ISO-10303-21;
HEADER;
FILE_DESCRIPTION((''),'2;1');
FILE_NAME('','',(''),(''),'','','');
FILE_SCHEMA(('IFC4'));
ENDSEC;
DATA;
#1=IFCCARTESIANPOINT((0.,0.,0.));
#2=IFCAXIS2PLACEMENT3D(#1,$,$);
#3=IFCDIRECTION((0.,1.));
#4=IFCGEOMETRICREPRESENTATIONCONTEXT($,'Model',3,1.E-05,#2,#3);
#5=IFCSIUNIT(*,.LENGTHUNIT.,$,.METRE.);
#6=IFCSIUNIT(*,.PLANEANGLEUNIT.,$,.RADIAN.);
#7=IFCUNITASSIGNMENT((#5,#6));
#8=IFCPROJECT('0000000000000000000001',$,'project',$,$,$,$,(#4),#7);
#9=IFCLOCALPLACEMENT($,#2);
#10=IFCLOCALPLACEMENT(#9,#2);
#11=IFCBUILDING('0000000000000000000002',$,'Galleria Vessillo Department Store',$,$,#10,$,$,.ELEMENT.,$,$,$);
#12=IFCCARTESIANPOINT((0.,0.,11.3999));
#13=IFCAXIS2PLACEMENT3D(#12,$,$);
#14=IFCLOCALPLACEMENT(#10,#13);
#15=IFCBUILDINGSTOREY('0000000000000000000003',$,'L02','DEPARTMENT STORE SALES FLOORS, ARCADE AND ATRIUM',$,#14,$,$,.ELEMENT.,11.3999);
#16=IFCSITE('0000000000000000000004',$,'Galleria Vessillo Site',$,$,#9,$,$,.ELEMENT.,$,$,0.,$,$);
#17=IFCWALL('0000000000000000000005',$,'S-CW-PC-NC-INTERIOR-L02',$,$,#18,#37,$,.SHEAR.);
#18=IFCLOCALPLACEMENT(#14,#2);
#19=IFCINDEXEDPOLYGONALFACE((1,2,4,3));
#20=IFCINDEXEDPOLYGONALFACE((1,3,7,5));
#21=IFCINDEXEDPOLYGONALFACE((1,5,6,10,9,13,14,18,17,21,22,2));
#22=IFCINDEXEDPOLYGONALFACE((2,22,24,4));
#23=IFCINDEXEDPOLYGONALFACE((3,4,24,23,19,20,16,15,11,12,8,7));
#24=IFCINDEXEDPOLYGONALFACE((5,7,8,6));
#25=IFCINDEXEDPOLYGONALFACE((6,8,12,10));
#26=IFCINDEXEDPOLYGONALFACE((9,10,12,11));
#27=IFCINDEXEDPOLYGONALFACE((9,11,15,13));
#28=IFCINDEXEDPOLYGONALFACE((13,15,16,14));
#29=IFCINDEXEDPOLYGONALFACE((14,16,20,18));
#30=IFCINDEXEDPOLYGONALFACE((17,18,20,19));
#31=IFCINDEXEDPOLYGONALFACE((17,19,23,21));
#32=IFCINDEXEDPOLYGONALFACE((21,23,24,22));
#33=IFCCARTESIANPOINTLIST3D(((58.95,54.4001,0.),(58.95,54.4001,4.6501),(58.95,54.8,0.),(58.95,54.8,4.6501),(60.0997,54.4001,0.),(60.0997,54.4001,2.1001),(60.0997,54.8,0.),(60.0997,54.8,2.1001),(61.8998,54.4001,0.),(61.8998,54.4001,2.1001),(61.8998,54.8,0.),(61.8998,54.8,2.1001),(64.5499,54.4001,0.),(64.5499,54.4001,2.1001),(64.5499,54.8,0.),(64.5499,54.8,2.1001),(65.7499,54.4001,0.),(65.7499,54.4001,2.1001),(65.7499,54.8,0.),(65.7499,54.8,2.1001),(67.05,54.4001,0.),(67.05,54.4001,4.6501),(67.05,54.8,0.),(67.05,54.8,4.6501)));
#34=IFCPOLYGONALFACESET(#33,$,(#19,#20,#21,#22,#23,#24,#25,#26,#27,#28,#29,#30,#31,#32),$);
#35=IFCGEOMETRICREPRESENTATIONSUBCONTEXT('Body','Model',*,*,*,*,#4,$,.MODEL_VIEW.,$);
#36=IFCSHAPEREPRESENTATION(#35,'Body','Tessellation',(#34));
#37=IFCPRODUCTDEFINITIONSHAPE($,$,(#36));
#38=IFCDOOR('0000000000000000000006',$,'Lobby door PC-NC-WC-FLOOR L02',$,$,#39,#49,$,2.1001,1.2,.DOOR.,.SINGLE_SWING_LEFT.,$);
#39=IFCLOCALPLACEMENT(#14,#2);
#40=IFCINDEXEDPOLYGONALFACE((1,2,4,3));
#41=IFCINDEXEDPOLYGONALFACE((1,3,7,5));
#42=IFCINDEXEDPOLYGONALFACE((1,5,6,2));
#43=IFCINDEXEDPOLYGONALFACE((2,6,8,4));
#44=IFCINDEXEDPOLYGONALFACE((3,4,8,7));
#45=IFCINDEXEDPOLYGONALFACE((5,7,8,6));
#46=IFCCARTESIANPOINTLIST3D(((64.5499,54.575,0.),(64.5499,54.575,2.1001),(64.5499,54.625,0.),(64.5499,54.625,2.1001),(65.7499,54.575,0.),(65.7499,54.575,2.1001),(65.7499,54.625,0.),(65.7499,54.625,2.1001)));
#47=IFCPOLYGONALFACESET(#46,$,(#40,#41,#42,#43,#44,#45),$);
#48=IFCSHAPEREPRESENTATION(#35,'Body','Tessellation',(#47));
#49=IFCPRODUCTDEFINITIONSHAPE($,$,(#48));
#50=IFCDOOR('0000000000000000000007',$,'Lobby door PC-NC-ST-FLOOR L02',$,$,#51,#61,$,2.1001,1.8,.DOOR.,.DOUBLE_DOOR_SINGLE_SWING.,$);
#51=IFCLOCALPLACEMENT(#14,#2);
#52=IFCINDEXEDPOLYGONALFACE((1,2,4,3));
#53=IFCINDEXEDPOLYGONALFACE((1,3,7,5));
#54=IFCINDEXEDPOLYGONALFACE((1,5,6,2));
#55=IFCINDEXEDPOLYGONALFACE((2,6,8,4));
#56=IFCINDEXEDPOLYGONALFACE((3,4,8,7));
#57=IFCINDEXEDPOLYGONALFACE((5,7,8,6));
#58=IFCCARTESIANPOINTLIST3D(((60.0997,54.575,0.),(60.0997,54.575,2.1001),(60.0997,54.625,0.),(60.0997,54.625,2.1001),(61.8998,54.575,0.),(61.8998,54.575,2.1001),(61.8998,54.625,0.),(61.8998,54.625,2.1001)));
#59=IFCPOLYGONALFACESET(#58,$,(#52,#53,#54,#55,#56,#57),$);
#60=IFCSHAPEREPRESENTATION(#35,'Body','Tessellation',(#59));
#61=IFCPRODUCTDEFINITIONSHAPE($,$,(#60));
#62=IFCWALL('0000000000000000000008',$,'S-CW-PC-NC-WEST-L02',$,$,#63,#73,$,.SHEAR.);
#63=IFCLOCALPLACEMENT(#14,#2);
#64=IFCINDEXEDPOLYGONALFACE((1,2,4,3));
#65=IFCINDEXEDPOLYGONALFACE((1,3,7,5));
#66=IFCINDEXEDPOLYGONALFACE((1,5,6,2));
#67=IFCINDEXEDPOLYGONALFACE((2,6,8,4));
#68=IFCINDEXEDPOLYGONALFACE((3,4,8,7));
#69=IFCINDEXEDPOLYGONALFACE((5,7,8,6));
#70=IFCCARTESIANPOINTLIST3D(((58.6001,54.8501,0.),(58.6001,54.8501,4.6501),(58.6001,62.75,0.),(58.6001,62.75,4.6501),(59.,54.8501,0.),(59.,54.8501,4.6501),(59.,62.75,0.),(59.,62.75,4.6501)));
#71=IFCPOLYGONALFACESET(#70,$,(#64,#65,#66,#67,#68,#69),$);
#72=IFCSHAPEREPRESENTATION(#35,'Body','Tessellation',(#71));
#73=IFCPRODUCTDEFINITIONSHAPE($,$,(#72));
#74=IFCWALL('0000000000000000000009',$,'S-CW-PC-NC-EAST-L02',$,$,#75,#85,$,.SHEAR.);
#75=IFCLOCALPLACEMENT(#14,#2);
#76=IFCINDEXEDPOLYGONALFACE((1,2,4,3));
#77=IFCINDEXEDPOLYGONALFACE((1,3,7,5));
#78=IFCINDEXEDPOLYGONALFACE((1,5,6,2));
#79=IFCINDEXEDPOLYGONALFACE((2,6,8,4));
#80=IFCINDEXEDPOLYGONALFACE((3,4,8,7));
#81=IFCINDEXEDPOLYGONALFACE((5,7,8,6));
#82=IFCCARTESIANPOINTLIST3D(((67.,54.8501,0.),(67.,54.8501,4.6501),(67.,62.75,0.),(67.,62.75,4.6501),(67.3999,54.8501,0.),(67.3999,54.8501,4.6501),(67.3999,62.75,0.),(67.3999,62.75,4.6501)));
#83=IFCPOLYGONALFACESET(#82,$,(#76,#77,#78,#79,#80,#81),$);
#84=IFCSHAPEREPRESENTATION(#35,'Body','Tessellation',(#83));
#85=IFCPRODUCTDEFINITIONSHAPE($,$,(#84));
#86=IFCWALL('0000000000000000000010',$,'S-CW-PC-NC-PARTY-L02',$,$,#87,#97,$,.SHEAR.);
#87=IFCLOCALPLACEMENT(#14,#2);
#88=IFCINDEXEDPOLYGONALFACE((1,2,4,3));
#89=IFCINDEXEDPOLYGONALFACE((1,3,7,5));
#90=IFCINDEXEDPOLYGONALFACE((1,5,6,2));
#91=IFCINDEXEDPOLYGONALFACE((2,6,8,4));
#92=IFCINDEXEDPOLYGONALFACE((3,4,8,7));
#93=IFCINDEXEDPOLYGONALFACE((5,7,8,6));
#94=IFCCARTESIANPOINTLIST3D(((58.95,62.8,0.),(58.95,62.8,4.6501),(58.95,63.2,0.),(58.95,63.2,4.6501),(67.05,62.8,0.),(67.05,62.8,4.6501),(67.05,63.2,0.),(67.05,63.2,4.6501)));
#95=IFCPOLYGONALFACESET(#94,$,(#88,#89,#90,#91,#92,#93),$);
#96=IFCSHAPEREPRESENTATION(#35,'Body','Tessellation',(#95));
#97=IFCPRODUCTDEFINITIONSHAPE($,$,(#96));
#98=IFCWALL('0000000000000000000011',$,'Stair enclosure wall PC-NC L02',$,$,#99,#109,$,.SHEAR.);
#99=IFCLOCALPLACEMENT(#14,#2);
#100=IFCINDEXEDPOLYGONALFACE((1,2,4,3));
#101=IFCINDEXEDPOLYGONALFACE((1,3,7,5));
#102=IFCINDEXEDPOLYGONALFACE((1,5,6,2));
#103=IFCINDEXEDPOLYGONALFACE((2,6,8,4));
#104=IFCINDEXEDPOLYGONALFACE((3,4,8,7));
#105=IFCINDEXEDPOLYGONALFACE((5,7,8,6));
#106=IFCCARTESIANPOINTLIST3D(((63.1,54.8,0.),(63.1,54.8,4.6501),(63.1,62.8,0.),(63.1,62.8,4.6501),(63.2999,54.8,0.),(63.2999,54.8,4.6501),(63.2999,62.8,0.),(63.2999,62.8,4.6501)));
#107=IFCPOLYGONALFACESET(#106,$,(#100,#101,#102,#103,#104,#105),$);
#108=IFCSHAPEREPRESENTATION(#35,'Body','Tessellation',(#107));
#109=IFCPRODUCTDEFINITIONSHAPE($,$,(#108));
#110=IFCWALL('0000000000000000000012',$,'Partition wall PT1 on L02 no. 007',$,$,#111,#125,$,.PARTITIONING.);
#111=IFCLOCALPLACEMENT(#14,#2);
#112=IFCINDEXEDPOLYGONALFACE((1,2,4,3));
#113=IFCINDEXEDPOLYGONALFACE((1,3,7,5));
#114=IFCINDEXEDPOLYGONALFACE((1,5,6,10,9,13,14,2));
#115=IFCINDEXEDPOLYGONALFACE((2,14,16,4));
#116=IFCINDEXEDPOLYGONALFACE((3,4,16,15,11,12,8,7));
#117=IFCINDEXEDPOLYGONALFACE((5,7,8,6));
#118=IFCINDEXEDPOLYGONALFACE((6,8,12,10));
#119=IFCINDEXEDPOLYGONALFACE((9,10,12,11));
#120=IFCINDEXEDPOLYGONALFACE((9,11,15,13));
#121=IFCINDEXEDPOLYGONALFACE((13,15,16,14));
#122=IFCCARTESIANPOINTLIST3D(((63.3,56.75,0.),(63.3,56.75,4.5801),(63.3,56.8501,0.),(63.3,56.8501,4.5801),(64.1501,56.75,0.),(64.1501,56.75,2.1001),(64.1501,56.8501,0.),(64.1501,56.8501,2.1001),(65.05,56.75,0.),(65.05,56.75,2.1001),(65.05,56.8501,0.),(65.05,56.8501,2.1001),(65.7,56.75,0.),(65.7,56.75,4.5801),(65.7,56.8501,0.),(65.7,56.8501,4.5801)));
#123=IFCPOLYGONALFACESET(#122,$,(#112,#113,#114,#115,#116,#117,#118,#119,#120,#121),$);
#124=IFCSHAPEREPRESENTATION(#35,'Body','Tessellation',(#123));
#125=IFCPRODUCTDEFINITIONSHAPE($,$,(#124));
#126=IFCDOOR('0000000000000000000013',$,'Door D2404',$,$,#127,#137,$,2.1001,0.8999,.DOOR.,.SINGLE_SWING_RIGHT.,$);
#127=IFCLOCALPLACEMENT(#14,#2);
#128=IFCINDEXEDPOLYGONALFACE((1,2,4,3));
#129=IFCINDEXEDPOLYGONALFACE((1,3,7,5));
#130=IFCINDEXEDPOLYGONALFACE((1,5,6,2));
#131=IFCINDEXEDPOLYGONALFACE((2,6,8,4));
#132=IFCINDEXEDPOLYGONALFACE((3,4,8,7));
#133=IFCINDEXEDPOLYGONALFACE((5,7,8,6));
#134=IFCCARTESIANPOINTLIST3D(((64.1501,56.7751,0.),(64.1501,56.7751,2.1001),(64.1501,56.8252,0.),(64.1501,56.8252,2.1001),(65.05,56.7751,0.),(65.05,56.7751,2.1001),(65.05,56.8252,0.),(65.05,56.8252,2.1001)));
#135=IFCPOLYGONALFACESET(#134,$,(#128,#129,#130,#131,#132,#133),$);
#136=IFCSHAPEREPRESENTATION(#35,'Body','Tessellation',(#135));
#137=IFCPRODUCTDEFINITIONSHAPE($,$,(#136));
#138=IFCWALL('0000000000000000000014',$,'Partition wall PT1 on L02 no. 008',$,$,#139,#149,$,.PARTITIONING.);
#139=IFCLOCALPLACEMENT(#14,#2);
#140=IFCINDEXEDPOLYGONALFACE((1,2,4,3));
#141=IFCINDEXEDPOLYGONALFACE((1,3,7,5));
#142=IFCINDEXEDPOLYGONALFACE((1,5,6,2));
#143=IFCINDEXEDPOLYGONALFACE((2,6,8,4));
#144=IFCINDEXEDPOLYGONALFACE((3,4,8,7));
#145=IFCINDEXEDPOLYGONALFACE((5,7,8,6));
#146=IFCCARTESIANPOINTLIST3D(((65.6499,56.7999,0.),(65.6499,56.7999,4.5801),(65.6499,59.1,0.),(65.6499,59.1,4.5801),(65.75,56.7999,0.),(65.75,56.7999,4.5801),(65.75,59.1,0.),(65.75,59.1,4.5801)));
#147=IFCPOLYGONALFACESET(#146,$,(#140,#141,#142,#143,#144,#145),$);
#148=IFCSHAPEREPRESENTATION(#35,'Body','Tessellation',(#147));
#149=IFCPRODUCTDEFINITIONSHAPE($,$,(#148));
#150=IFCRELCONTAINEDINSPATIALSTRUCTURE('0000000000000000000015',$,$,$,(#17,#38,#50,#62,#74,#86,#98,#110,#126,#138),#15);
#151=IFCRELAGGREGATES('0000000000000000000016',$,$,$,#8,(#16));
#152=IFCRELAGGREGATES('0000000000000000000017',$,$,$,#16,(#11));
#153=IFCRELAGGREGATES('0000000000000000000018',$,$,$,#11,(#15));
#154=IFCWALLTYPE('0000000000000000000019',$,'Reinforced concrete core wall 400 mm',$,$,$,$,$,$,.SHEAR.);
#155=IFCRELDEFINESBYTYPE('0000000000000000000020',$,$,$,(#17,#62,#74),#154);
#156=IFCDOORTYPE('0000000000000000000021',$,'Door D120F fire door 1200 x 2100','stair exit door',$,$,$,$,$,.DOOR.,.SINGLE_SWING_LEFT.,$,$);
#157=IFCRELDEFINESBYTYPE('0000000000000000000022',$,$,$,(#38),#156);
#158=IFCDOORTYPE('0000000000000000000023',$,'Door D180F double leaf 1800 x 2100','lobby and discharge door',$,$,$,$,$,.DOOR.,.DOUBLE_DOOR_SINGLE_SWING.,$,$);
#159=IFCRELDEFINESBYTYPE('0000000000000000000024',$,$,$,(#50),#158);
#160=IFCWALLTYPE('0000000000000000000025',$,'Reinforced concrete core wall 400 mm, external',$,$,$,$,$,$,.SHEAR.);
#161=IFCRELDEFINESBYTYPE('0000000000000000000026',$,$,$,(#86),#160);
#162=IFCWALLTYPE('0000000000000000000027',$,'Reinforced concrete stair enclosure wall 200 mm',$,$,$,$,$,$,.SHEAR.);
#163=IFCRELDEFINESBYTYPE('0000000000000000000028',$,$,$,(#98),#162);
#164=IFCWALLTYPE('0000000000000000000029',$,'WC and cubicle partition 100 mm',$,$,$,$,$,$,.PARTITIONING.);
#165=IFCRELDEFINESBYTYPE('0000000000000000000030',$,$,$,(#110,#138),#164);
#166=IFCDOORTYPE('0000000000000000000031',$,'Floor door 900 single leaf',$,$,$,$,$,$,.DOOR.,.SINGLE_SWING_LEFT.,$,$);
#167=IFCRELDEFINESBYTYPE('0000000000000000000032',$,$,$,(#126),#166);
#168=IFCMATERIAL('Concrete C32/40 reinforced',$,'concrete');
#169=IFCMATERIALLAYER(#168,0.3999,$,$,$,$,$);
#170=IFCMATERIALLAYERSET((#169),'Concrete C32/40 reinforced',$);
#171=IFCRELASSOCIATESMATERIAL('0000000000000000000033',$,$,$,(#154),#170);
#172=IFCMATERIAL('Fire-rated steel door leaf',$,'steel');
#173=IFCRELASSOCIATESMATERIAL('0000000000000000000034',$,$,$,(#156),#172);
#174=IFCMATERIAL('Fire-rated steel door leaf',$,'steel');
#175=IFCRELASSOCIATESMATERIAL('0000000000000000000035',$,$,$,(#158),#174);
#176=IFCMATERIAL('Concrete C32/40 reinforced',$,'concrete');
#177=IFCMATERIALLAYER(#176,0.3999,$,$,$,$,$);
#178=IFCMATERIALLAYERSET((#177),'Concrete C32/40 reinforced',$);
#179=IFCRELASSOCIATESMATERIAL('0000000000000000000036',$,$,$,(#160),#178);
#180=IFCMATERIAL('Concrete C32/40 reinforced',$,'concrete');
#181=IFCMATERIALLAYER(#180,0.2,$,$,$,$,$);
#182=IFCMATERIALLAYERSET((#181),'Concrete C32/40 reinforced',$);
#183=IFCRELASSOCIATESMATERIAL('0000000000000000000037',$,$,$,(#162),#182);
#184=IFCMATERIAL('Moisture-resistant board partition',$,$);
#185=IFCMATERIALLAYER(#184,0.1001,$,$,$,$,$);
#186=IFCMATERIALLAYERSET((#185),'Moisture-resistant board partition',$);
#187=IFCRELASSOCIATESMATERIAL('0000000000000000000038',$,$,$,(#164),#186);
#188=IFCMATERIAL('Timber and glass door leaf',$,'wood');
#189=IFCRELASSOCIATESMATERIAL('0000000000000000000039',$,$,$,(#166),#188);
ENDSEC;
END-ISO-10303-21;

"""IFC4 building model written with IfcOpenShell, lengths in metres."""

from ifc_helpers import new_model, si_unit, direction, frame, frame_2d, origin, place, context, subcontext, project, spatial, rectangle, extrude, material, layer, layer_set, type_object, element, fill, save


model = new_model("IFC4")

# Units and contexts
model_context = context("Model", 3, precision=1e-05, world=origin(), true_north=direction((0.0, 1.0)))
body_context = subcontext(model_context, "Body", "Model", "MODEL_VIEW")
ifc_project = project(units=[si_unit("LENGTHUNIT", "METRE"), si_unit("PLANEANGLEUNIT", "RADIAN")], contexts=[model_context])

# Site, building, storey
site_placement = place(None, origin())
site = spatial("IfcSite", under=ifc_project, at=site_placement, Name="Galleria Vessillo Site", CompositionType="ELEMENT", RefElevation=0.0)
building_placement = place(site_placement, origin())
building = spatial("IfcBuilding", under=site, at=building_placement, Name="Galleria Vessillo Department Store", CompositionType="ELEMENT")
storey_placement = place(building_placement, frame((0.0, 0.0, 11.3999)))
storey = spatial("IfcBuildingStorey", under=building, at=storey_placement, Name="L02", Description="DEPARTMENT STORE SALES FLOORS, ARCADE AND ATRIUM", CompositionType="ELEMENT", Elevation=11.3999)

# Wall, openings, doors
ifc_material_1 = material(Name="Concrete C32/40 reinforced", Category="concrete")
ifc_layer_1 = layer(ifc_material_1, 0.3999)
ifc_layer_set_1 = layer_set([ifc_layer_1], Name="Concrete C32/40 reinforced")
wall_type_1 = type_object("IfcWallType", Name="Reinforced concrete core wall 400 mm", PredefinedType="SHEAR", material=ifc_layer_set_1)
wall_1_placement = place(storey_placement, frame((58.95, 54.6001, 0.0), z_axis=(0.0, 0.0, 1.0), x_axis=(1.0, 0.0, 0.0)))
wall_1 = element("IfcWall", 1, at=wall_1_placement, inside=storey, type_object=wall_type_1, Name="S-CW-PC-NC-INTERIOR-L02", PredefinedType="SHEAR", context=body_context, shape_type="SweptSolid", body=[
    extrude(rectangle(XDim=8.1001, YDim=0.3999, at=frame_2d((4.05, 0.0))), origin(), (0.0, 0.0, 1.0), 4.6501),
])
opening_1_placement = place(wall_1_placement, frame((1.1499, 0.0, 0.0)))
opening_1 = element("IfcOpeningElement", 2, at=opening_1_placement, cuts=wall_1, PredefinedType="OPENING", context=body_context, shape_type="SweptSolid", body=[
    extrude(rectangle(XDim=1.8, YDim=2.1001, at=frame_2d((0.8999, 1.05))), frame((0.0, 0.21, 0.0), z_axis=(0.0, -1.0, 0.0), x_axis=(1.0, 0.0, 0.0)), (0.0, 0.0, 1.0), 0.4199),
])
opening_2_placement = place(wall_1_placement, frame((5.5999, 0.0, 0.0)))
opening_2 = element("IfcOpeningElement", 3, at=opening_2_placement, cuts=wall_1, PredefinedType="OPENING", context=body_context, shape_type="SweptSolid", body=[
    extrude(rectangle(XDim=1.2, YDim=2.1001, at=frame_2d((0.6001, 1.05))), frame((0.0, 0.21, 0.0), z_axis=(0.0, -1.0, 0.0), x_axis=(1.0, 0.0, 0.0)), (0.0, 0.0, 1.0), 0.4199),
])
ifc_material_2 = material(Name="Fire-rated steel door leaf", Category="steel")
door_type_1 = type_object("IfcDoorType", Name="Door D120F fire door 1200 x 2100", Description="stair exit door", OperationType="SINGLE_SWING_LEFT", PredefinedType="DOOR", material=ifc_material_2)
door_1_placement = place(opening_2_placement, origin())
door_1 = element("IfcDoor", 4, at=door_1_placement, inside=storey, type_object=door_type_1, Name="Lobby door PC-NC-WC-FLOOR L02", OperationType="SINGLE_SWING_LEFT", OverallHeight=2.1001, OverallWidth=1.2, PredefinedType="DOOR", context=body_context, shape_type="SweptSolid", body=[
    extrude(rectangle(XDim=1.2, YDim=2.1001, at=frame_2d((0.6001, 1.05))), frame((0.0, 0.0249, 0.0), z_axis=(0.0, -1.0, 0.0), x_axis=(1.0, 0.0, 0.0)), (0.0, 0.0, 1.0), 0.05),
])
fill(opening_2, door_1)
ifc_material_3 = material(Name="Fire-rated steel door leaf", Category="steel")
door_type_2 = type_object("IfcDoorType", Name="Door D180F double leaf 1800 x 2100", Description="lobby and discharge door", OperationType="DOUBLE_DOOR_SINGLE_SWING", PredefinedType="DOOR", material=ifc_material_3)
door_2_placement = place(opening_1_placement, origin())
door_2 = element("IfcDoor", 5, at=door_2_placement, inside=storey, type_object=door_type_2, Name="Lobby door PC-NC-ST-FLOOR L02", OperationType="DOUBLE_DOOR_SINGLE_SWING", OverallHeight=2.1001, OverallWidth=1.8, PredefinedType="DOOR", context=body_context, shape_type="SweptSolid", body=[
    extrude(rectangle(XDim=1.8, YDim=2.1001, at=frame_2d((0.8999, 1.05))), frame((0.0, 0.0249, 0.0), z_axis=(0.0, -1.0, 0.0), x_axis=(1.0, 0.0, 0.0)), (0.0, 0.0, 1.0), 0.05),
])
fill(opening_1, door_2)

# Walls
for number, where, z_axis, x_axis, name in (
    (6, (58.8, 54.8501, 0.0), (0.0, 0.0, 1.0), (0.0, 1.0, 0.0), "S-CW-PC-NC-WEST-L02"),
    (7, (67.2, 54.8501, 0.0), (0.0, 0.0, 1.0), (0.0, 1.0, 0.0), "S-CW-PC-NC-EAST-L02"),
):
    element("IfcWall", number, at=place(storey_placement, frame(where, z_axis=z_axis, x_axis=x_axis)), inside=storey, type_object=wall_type_1, Name=name, PredefinedType="SHEAR", context=body_context, shape_type="SweptSolid", body=[
        extrude(rectangle(XDim=7.8999, YDim=0.3999, at=frame_2d((3.95, 0.0))), origin(), (0.0, 0.0, 1.0), 4.6501),
    ])
ifc_material_4 = material(Name="Concrete C32/40 reinforced", Category="concrete")
ifc_layer_2 = layer(ifc_material_4, 0.3999)
ifc_layer_set_2 = layer_set([ifc_layer_2], Name="Concrete C32/40 reinforced")
wall_type_2 = type_object("IfcWallType", Name="Reinforced concrete core wall 400 mm, external", PredefinedType="SHEAR", material=ifc_layer_set_2)
wall_2_placement = place(storey_placement, frame((58.95, 63.0, 0.0), z_axis=(0.0, 0.0, 1.0), x_axis=(1.0, 0.0, 0.0)))
element("IfcWall", 8, at=wall_2_placement, inside=storey, type_object=wall_type_2, Name="S-CW-PC-NC-PARTY-L02", PredefinedType="SHEAR", context=body_context, shape_type="SweptSolid", body=[
    extrude(rectangle(XDim=8.1001, YDim=0.3999, at=frame_2d((4.05, 0.0))), origin(), (0.0, 0.0, 1.0), 4.6501),
])
ifc_material_5 = material(Name="Concrete C32/40 reinforced", Category="concrete")
ifc_layer_3 = layer(ifc_material_5, 0.2)
ifc_layer_set_3 = layer_set([ifc_layer_3], Name="Concrete C32/40 reinforced")
wall_type_3 = type_object("IfcWallType", Name="Reinforced concrete stair enclosure wall 200 mm", PredefinedType="SHEAR", material=ifc_layer_set_3)
wall_3_placement = place(storey_placement, frame((63.2, 62.8, 0.0), z_axis=(0.0, 0.0, 1.0), x_axis=(0.0, -1.0, 0.0)))
element("IfcWall", 9, at=wall_3_placement, inside=storey, type_object=wall_type_3, Name="Stair enclosure wall PC-NC L02", PredefinedType="SHEAR", context=body_context, shape_type="SweptSolid", body=[
    extrude(rectangle(XDim=8.0, YDim=0.2, at=frame_2d((4.0, 0.0))), origin(), (0.0, 0.0, 1.0), 4.6501),
])

# Wall, opening, door
ifc_material_6 = material(Name="Moisture-resistant board partition")
ifc_layer_4 = layer(ifc_material_6, 0.1001)
ifc_layer_set_4 = layer_set([ifc_layer_4], Name="Moisture-resistant board partition")
wall_type_4 = type_object("IfcWallType", Name="WC and cubicle partition 100 mm", PredefinedType="PARTITIONING", material=ifc_layer_set_4)
wall_4_placement = place(storey_placement, frame((63.3, 56.8, 0.0), z_axis=(0.0, 0.0, 1.0), x_axis=(1.0, 0.0, 0.0)))
wall_4 = element("IfcWall", 10, at=wall_4_placement, inside=storey, type_object=wall_type_4, Name="Partition wall PT1 on L02 no. 007", PredefinedType="PARTITIONING", context=body_context, shape_type="SweptSolid", body=[
    extrude(rectangle(XDim=2.3999, YDim=0.1001, at=frame_2d((1.2, 0.0))), origin(), (0.0, 0.0, 1.0), 4.5801),
])
opening_3_placement = place(wall_4_placement, frame((0.8501, 0.0, 0.0)))
opening_3 = element("IfcOpeningElement", 11, at=opening_3_placement, cuts=wall_4, PredefinedType="OPENING", context=body_context, shape_type="SweptSolid", body=[
    extrude(rectangle(XDim=0.8999, YDim=2.1001, at=frame_2d((0.45, 1.05))), frame((0.0, 0.0601, 0.0), z_axis=(0.0, -1.0, 0.0), x_axis=(1.0, 0.0, 0.0)), (0.0, 0.0, 1.0), 0.1201),
])
ifc_material_7 = material(Name="Timber and glass door leaf", Category="wood")
door_type_3 = type_object("IfcDoorType", Name="Floor door 900 single leaf", OperationType="SINGLE_SWING_LEFT", PredefinedType="DOOR", material=ifc_material_7)
door_3_placement = place(opening_3_placement, frame((0.8999, 0.0, 0.0), z_axis=(0.0, 0.0, 1.0), x_axis=(-1.0, 0.0, 0.0)))
door_3 = element("IfcDoor", 12, at=door_3_placement, inside=storey, type_object=door_type_3, Name="Door D2404", OperationType="SINGLE_SWING_RIGHT", OverallHeight=2.1001, OverallWidth=0.8999, PredefinedType="DOOR", context=body_context, shape_type="SweptSolid", body=[
    extrude(rectangle(XDim=0.8999, YDim=2.1001, at=frame_2d((0.45, 1.05))), frame((0.0, 0.0249, 0.0), z_axis=(0.0, -1.0, 0.0), x_axis=(1.0, 0.0, 0.0)), (0.0, 0.0, 1.0), 0.05),
])
fill(opening_3, door_3)

# Wall
wall_5_placement = place(storey_placement, frame((65.7, 56.8, 0.0), z_axis=(0.0, 0.0, 1.0), x_axis=(0.0, 1.0, 0.0)))
element("IfcWall", 13, at=wall_5_placement, inside=storey, type_object=wall_type_4, Name="Partition wall PT1 on L02 no. 008", PredefinedType="PARTITIONING", context=body_context, shape_type="SweptSolid", body=[
    extrude(rectangle(XDim=2.3, YDim=0.1001, at=frame_2d((1.1499, 0.0))), origin(), (0.0, 0.0, 1.0), 4.5801),
])

save(model, "model.ifc")
